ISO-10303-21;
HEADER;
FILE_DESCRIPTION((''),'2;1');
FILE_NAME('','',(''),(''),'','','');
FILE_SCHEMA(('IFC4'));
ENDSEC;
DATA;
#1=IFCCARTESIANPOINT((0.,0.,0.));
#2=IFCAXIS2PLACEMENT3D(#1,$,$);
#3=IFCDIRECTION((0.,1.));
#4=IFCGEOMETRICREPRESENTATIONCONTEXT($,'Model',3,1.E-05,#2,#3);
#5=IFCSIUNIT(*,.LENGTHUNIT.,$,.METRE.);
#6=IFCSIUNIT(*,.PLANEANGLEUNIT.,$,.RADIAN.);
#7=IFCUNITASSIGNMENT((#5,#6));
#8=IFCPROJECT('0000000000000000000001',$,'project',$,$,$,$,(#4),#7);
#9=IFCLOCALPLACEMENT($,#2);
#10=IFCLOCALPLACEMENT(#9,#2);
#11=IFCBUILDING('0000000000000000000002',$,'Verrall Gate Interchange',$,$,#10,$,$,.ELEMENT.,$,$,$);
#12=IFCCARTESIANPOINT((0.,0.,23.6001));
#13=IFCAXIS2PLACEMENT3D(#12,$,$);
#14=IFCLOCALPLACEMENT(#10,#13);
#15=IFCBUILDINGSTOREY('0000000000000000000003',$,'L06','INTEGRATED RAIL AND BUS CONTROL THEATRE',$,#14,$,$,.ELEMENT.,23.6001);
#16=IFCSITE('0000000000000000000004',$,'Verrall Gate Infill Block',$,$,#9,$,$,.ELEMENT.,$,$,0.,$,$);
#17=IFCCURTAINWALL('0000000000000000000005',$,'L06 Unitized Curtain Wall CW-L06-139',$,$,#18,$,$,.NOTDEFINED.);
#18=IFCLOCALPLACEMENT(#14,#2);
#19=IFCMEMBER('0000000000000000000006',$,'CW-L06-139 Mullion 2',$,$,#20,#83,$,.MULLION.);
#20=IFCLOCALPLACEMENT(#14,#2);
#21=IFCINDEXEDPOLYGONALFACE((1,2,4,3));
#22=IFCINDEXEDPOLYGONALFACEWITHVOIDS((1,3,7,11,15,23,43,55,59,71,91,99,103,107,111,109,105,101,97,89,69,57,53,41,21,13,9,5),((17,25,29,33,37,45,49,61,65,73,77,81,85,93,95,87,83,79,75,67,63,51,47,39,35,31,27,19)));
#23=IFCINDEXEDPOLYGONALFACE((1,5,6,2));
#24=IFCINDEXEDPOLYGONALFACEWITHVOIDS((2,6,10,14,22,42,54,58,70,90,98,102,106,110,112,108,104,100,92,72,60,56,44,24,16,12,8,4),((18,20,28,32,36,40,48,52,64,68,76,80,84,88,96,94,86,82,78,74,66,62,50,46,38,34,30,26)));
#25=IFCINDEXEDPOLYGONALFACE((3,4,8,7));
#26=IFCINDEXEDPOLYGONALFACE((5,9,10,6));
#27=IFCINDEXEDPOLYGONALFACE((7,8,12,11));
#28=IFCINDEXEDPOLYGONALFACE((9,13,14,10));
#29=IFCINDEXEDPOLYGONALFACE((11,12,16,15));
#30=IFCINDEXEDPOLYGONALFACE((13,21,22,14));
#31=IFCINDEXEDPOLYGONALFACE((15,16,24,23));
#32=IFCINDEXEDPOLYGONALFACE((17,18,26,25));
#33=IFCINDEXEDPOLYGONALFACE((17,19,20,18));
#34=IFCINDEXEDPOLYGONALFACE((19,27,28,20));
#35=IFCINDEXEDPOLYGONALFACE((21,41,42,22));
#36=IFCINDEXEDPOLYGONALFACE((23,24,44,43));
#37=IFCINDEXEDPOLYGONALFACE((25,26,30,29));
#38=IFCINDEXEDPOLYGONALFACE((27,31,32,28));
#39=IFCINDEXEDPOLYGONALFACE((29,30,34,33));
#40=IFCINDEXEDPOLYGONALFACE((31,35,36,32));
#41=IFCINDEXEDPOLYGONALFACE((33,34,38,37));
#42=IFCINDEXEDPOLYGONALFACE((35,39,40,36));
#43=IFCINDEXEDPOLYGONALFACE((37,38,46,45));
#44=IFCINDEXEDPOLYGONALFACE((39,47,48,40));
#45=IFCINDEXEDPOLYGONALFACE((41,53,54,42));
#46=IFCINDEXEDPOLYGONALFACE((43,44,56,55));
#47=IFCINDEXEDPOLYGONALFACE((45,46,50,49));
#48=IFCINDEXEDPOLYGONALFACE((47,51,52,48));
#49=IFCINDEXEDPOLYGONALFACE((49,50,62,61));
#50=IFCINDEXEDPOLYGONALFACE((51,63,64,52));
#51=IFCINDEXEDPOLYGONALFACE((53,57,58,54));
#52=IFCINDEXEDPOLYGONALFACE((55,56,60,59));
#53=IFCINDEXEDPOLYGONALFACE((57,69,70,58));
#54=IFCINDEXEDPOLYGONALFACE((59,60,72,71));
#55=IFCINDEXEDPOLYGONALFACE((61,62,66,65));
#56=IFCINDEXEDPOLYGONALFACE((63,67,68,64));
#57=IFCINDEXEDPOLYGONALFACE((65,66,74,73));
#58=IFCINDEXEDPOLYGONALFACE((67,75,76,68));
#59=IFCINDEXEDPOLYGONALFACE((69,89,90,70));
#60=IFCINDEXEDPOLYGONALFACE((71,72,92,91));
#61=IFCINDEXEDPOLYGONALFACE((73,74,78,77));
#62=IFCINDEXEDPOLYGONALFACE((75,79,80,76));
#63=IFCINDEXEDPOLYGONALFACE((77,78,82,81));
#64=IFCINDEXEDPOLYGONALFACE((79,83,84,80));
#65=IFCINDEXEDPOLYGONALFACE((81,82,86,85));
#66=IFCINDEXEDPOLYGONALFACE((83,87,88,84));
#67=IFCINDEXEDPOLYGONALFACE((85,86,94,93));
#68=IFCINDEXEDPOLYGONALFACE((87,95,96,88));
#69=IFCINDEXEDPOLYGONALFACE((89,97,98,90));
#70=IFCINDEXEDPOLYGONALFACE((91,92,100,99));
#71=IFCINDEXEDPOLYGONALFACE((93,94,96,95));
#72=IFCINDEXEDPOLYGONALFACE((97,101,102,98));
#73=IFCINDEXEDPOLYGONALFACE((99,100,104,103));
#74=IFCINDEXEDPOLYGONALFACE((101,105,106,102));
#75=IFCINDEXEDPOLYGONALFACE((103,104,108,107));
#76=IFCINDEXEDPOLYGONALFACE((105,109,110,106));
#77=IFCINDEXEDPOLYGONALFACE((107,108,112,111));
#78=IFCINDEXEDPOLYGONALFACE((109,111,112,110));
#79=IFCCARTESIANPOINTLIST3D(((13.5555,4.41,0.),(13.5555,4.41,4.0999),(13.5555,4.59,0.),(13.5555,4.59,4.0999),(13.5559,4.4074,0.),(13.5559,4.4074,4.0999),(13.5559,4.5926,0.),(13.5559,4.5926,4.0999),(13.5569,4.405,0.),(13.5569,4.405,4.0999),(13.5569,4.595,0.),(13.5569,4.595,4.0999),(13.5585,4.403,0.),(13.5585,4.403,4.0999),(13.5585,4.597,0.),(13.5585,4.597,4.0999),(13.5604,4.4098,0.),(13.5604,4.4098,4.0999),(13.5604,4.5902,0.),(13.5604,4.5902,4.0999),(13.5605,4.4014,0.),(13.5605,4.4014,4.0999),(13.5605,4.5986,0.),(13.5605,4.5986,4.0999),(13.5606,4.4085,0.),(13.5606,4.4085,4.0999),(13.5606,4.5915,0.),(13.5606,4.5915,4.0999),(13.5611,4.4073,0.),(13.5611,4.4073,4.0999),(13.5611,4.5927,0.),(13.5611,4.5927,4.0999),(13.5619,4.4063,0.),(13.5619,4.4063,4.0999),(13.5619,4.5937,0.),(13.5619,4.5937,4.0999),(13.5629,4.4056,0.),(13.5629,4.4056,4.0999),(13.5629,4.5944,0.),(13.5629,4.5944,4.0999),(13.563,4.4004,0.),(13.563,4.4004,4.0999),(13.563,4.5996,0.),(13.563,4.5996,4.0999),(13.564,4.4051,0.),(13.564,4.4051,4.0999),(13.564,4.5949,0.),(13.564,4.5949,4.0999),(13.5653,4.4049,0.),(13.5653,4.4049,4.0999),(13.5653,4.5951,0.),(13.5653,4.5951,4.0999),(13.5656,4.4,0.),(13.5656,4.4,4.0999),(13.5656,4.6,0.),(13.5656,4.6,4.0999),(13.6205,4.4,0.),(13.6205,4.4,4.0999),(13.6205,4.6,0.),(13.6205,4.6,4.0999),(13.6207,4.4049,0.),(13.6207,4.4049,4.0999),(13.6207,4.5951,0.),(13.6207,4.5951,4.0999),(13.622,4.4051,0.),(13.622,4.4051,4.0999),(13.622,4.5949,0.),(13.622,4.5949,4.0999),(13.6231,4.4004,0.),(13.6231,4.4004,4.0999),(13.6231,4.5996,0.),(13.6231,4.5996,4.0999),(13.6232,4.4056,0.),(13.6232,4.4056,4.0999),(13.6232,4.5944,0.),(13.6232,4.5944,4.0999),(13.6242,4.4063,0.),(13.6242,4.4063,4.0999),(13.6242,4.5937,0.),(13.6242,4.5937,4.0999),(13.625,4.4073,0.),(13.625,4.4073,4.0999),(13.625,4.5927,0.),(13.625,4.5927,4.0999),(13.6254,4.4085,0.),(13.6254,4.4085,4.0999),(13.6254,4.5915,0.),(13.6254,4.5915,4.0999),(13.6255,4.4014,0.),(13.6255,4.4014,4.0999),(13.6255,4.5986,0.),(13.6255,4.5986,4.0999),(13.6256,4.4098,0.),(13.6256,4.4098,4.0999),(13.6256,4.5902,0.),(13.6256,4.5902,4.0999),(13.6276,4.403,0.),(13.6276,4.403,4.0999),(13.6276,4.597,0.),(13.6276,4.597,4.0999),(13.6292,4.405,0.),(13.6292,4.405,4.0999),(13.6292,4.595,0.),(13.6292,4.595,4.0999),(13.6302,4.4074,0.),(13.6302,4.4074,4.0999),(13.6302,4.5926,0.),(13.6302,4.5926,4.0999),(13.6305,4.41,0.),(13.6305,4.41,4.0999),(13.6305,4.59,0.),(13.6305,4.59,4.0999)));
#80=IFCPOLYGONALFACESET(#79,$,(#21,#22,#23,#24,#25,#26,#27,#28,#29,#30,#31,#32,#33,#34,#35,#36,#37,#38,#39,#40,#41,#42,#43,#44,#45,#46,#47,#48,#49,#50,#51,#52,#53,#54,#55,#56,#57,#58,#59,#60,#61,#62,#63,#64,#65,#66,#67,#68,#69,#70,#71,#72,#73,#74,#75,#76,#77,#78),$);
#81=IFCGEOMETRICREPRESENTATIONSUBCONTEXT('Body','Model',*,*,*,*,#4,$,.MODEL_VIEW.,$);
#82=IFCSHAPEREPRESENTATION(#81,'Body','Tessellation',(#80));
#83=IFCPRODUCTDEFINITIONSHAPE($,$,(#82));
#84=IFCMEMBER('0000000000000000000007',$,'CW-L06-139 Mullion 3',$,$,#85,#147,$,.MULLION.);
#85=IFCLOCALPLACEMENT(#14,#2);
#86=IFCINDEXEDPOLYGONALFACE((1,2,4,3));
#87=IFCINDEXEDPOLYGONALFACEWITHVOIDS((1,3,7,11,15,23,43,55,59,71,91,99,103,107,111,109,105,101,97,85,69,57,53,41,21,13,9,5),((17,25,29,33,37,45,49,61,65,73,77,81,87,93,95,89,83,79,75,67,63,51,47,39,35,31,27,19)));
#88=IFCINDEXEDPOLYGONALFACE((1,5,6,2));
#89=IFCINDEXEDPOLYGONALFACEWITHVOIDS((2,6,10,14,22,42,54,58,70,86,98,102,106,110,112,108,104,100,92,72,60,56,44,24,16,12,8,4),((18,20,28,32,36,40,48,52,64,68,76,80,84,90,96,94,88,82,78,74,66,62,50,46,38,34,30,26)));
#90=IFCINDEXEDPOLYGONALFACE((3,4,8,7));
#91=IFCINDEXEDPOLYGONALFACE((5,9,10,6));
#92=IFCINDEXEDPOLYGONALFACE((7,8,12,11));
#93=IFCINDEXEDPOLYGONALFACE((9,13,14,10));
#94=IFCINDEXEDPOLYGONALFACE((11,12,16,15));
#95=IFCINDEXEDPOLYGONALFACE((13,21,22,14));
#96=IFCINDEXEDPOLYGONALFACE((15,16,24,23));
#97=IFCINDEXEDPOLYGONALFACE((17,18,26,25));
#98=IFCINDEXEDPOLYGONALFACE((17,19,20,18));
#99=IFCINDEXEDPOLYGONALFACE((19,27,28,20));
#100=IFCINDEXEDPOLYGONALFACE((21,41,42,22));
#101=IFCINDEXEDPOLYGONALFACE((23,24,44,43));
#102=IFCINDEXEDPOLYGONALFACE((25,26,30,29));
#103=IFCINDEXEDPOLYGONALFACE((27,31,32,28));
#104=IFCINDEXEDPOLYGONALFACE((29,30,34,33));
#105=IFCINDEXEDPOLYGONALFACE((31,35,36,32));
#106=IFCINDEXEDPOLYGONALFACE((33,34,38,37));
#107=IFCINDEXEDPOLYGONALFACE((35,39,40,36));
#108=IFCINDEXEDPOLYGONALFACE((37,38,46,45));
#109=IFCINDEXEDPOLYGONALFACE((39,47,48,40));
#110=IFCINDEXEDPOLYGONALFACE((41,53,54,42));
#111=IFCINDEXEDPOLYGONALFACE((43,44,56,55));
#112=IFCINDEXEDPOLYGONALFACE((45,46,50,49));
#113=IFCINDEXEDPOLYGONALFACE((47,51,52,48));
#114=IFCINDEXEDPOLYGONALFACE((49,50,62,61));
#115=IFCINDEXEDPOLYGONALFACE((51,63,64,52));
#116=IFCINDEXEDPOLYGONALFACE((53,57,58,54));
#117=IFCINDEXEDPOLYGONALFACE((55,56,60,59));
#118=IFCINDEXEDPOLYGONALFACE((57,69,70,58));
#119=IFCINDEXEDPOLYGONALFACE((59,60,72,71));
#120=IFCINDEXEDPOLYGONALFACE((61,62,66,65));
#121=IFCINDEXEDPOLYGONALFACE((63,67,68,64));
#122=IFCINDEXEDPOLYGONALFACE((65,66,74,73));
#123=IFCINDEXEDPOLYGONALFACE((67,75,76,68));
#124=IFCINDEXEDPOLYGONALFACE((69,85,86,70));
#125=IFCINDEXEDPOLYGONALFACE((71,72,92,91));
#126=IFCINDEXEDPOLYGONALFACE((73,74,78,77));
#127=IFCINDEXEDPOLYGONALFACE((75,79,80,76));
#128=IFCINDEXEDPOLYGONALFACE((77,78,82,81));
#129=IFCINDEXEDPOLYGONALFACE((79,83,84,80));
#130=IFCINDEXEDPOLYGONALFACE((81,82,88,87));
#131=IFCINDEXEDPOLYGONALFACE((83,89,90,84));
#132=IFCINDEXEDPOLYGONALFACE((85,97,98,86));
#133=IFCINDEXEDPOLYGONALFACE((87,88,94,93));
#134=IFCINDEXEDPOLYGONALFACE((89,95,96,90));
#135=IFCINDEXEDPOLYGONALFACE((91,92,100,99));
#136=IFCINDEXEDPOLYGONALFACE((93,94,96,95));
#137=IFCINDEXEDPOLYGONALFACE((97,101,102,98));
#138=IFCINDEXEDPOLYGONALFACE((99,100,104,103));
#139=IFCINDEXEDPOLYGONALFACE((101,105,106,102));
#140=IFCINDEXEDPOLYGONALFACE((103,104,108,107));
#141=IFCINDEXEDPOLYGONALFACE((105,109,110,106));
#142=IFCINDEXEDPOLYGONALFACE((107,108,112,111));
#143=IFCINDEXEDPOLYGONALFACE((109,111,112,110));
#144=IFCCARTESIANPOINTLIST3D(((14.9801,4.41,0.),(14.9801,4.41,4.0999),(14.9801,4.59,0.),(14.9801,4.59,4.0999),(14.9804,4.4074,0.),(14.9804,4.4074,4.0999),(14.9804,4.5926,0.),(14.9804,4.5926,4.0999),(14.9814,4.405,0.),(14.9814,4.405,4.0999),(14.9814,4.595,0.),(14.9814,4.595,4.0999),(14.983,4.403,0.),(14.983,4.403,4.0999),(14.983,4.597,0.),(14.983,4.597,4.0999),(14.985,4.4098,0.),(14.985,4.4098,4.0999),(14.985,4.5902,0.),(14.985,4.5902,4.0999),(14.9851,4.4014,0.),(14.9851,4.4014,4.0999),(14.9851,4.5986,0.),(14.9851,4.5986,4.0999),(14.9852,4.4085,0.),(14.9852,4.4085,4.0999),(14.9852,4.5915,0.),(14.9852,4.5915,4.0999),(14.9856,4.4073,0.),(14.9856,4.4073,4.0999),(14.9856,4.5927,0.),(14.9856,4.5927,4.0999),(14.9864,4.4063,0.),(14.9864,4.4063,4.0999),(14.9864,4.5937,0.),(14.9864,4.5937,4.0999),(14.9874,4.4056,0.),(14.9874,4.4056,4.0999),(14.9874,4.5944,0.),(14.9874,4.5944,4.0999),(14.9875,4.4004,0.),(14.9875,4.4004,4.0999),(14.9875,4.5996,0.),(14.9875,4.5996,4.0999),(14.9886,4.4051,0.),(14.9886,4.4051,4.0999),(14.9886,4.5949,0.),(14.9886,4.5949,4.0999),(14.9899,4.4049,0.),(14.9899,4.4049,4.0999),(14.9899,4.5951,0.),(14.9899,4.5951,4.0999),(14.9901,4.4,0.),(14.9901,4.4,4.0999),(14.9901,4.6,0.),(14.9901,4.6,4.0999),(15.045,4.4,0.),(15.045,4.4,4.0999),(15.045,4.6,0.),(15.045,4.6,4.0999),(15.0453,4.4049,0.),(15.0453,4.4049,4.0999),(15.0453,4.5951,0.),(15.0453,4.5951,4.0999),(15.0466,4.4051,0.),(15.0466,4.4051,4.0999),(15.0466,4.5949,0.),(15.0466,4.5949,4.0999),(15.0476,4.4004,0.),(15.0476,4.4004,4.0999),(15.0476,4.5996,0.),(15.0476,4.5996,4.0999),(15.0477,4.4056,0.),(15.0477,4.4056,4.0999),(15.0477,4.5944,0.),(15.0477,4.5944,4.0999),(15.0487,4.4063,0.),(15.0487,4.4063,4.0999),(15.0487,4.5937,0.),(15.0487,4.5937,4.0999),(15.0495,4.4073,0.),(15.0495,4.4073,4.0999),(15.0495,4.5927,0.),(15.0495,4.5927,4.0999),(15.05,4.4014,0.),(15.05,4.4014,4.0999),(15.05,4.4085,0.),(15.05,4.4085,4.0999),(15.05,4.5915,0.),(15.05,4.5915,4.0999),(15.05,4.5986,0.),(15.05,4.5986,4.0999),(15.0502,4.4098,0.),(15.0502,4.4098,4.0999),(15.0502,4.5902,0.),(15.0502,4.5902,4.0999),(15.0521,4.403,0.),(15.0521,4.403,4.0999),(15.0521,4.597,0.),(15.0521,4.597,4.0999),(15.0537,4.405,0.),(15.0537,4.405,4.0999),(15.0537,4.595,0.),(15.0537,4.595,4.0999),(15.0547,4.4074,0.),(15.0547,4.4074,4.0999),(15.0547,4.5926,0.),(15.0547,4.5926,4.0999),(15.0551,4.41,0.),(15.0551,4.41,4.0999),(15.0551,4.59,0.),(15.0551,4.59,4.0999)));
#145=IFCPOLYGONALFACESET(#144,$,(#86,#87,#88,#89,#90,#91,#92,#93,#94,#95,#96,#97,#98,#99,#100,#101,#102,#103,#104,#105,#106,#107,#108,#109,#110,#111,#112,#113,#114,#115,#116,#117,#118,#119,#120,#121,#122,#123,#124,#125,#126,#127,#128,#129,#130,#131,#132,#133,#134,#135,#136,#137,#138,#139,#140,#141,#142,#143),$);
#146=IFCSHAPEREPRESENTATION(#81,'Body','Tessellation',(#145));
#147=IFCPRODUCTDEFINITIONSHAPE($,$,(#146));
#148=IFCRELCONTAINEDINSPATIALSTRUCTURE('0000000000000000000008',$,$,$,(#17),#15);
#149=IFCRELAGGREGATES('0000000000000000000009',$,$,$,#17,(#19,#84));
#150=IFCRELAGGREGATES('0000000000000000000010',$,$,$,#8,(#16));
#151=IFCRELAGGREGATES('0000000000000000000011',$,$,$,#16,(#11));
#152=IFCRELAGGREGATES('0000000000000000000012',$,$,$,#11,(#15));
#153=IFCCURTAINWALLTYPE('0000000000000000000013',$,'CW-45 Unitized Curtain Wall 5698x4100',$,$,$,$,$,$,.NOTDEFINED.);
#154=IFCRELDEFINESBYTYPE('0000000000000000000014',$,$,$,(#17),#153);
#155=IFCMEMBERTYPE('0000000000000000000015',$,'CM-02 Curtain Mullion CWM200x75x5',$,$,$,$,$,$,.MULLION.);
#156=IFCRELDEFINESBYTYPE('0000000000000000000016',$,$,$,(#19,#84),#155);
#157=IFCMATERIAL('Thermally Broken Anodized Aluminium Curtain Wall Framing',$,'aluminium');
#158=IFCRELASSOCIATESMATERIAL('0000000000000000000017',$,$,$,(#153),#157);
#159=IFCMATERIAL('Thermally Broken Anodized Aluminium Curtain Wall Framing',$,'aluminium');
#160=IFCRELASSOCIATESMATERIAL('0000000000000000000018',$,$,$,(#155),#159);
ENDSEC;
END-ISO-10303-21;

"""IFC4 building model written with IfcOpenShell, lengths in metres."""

from ifc_helpers import new_model, si_unit, direction, frame, origin, origin_2d, place, context, subcontext, project, spatial, hollow_rectangle, extrude, material, material_profile, profile_set, type_object, element, aggregate, save


model = new_model("IFC4")

# Units and contexts
model_context = context("Model", 3, precision=1e-05, world=origin(), true_north=direction((0.0, 1.0)))
body_context = subcontext(model_context, "Body", "Model", "MODEL_VIEW")
ifc_project = project(units=[si_unit("LENGTHUNIT", "METRE"), si_unit("PLANEANGLEUNIT", "RADIAN")], contexts=[model_context])

# Site, building, storey
site_placement = place(None, origin())
site = spatial("IfcSite", under=ifc_project, at=site_placement, Name="Verrall Gate Infill Block", CompositionType="ELEMENT", RefElevation=0.0)
building_placement = place(site_placement, origin())
building = spatial("IfcBuilding", under=site, at=building_placement, Name="Verrall Gate Interchange", CompositionType="ELEMENT")
storey_placement = place(building_placement, frame((0.0, 0.0, 23.6001)))
storey = spatial("IfcBuildingStorey", under=building, at=storey_placement, Name="L06", Description="INTEGRATED RAIL AND BUS CONTROL THEATRE", CompositionType="ELEMENT", Elevation=23.6001)

# Curtain wall, members
ifc_material_1 = material(Name="Thermally Broken Anodized Aluminium Curtain Wall Framing", Category="aluminium")
curtain_wall_type = type_object("IfcCurtainWallType", Name="CW-45 Unitized Curtain Wall 5698x4100", PredefinedType="NOTDEFINED", material=ifc_material_1)
curtain_wall_1_placement = place(storey_placement, origin())
curtain_wall_1 = element("IfcCurtainWall", 1, at=curtain_wall_1_placement, inside=storey, type_object=curtain_wall_type, Name="L06 Unitized Curtain Wall CW-L06-139", PredefinedType="NOTDEFINED")
ifc_material_2 = material(Name="Thermally Broken Anodized Aluminium Curtain Wall Framing", Category="aluminium")
ifc_material_profile_1 = material_profile(ifc_material_2, hollow_rectangle(XDim=0.075, YDim=0.2, WallThickness=0.0049, InnerFilletRadius=0.0049, OuterFilletRadius=0.01, at=origin_2d()), Name="CWM200x75x5")
ifc_profile_set_1 = profile_set([ifc_material_profile_1], Name="Thermally Broken Anodized Aluminium Curtain Wall Framing")
member_type_1 = type_object("IfcMemberType", Name="CM-02 Curtain Mullion CWM200x75x5", PredefinedType="MULLION", material=ifc_profile_set_1)
member_1_placement = place(storey_placement, frame((13.593, 4.5, 0.0), z_axis=(0.0, 0.0, 1.0), x_axis=(1.0, 0.0, 0.0)))
member_1 = element("IfcMember", 2, at=member_1_placement, type_object=member_type_1, Name="CW-L06-139 Mullion 2", PredefinedType="MULLION", context=body_context, shape_type="SweptSolid", body=[
    extrude(hollow_rectangle(XDim=0.075, YDim=0.2, WallThickness=0.0049, InnerFilletRadius=0.0049, OuterFilletRadius=0.01, at=origin_2d()), origin(), (0.0, 0.0, 1.0), 4.0999),
])
member_2_placement = place(storey_placement, frame((15.0176, 4.5, 0.0), z_axis=(0.0, 0.0, 1.0), x_axis=(1.0, 0.0, 0.0)))
member_2 = element("IfcMember", 3, at=member_2_placement, type_object=member_type_1, Name="CW-L06-139 Mullion 3", PredefinedType="MULLION", context=body_context, shape_type="SweptSolid", body=[
    extrude(hollow_rectangle(XDim=0.075, YDim=0.2, WallThickness=0.0049, InnerFilletRadius=0.0049, OuterFilletRadius=0.01, at=origin_2d()), origin(), (0.0, 0.0, 1.0), 4.0999),
])

aggregate(curtain_wall_1, [member_1, member_2])

save(model, "model.ifc")
